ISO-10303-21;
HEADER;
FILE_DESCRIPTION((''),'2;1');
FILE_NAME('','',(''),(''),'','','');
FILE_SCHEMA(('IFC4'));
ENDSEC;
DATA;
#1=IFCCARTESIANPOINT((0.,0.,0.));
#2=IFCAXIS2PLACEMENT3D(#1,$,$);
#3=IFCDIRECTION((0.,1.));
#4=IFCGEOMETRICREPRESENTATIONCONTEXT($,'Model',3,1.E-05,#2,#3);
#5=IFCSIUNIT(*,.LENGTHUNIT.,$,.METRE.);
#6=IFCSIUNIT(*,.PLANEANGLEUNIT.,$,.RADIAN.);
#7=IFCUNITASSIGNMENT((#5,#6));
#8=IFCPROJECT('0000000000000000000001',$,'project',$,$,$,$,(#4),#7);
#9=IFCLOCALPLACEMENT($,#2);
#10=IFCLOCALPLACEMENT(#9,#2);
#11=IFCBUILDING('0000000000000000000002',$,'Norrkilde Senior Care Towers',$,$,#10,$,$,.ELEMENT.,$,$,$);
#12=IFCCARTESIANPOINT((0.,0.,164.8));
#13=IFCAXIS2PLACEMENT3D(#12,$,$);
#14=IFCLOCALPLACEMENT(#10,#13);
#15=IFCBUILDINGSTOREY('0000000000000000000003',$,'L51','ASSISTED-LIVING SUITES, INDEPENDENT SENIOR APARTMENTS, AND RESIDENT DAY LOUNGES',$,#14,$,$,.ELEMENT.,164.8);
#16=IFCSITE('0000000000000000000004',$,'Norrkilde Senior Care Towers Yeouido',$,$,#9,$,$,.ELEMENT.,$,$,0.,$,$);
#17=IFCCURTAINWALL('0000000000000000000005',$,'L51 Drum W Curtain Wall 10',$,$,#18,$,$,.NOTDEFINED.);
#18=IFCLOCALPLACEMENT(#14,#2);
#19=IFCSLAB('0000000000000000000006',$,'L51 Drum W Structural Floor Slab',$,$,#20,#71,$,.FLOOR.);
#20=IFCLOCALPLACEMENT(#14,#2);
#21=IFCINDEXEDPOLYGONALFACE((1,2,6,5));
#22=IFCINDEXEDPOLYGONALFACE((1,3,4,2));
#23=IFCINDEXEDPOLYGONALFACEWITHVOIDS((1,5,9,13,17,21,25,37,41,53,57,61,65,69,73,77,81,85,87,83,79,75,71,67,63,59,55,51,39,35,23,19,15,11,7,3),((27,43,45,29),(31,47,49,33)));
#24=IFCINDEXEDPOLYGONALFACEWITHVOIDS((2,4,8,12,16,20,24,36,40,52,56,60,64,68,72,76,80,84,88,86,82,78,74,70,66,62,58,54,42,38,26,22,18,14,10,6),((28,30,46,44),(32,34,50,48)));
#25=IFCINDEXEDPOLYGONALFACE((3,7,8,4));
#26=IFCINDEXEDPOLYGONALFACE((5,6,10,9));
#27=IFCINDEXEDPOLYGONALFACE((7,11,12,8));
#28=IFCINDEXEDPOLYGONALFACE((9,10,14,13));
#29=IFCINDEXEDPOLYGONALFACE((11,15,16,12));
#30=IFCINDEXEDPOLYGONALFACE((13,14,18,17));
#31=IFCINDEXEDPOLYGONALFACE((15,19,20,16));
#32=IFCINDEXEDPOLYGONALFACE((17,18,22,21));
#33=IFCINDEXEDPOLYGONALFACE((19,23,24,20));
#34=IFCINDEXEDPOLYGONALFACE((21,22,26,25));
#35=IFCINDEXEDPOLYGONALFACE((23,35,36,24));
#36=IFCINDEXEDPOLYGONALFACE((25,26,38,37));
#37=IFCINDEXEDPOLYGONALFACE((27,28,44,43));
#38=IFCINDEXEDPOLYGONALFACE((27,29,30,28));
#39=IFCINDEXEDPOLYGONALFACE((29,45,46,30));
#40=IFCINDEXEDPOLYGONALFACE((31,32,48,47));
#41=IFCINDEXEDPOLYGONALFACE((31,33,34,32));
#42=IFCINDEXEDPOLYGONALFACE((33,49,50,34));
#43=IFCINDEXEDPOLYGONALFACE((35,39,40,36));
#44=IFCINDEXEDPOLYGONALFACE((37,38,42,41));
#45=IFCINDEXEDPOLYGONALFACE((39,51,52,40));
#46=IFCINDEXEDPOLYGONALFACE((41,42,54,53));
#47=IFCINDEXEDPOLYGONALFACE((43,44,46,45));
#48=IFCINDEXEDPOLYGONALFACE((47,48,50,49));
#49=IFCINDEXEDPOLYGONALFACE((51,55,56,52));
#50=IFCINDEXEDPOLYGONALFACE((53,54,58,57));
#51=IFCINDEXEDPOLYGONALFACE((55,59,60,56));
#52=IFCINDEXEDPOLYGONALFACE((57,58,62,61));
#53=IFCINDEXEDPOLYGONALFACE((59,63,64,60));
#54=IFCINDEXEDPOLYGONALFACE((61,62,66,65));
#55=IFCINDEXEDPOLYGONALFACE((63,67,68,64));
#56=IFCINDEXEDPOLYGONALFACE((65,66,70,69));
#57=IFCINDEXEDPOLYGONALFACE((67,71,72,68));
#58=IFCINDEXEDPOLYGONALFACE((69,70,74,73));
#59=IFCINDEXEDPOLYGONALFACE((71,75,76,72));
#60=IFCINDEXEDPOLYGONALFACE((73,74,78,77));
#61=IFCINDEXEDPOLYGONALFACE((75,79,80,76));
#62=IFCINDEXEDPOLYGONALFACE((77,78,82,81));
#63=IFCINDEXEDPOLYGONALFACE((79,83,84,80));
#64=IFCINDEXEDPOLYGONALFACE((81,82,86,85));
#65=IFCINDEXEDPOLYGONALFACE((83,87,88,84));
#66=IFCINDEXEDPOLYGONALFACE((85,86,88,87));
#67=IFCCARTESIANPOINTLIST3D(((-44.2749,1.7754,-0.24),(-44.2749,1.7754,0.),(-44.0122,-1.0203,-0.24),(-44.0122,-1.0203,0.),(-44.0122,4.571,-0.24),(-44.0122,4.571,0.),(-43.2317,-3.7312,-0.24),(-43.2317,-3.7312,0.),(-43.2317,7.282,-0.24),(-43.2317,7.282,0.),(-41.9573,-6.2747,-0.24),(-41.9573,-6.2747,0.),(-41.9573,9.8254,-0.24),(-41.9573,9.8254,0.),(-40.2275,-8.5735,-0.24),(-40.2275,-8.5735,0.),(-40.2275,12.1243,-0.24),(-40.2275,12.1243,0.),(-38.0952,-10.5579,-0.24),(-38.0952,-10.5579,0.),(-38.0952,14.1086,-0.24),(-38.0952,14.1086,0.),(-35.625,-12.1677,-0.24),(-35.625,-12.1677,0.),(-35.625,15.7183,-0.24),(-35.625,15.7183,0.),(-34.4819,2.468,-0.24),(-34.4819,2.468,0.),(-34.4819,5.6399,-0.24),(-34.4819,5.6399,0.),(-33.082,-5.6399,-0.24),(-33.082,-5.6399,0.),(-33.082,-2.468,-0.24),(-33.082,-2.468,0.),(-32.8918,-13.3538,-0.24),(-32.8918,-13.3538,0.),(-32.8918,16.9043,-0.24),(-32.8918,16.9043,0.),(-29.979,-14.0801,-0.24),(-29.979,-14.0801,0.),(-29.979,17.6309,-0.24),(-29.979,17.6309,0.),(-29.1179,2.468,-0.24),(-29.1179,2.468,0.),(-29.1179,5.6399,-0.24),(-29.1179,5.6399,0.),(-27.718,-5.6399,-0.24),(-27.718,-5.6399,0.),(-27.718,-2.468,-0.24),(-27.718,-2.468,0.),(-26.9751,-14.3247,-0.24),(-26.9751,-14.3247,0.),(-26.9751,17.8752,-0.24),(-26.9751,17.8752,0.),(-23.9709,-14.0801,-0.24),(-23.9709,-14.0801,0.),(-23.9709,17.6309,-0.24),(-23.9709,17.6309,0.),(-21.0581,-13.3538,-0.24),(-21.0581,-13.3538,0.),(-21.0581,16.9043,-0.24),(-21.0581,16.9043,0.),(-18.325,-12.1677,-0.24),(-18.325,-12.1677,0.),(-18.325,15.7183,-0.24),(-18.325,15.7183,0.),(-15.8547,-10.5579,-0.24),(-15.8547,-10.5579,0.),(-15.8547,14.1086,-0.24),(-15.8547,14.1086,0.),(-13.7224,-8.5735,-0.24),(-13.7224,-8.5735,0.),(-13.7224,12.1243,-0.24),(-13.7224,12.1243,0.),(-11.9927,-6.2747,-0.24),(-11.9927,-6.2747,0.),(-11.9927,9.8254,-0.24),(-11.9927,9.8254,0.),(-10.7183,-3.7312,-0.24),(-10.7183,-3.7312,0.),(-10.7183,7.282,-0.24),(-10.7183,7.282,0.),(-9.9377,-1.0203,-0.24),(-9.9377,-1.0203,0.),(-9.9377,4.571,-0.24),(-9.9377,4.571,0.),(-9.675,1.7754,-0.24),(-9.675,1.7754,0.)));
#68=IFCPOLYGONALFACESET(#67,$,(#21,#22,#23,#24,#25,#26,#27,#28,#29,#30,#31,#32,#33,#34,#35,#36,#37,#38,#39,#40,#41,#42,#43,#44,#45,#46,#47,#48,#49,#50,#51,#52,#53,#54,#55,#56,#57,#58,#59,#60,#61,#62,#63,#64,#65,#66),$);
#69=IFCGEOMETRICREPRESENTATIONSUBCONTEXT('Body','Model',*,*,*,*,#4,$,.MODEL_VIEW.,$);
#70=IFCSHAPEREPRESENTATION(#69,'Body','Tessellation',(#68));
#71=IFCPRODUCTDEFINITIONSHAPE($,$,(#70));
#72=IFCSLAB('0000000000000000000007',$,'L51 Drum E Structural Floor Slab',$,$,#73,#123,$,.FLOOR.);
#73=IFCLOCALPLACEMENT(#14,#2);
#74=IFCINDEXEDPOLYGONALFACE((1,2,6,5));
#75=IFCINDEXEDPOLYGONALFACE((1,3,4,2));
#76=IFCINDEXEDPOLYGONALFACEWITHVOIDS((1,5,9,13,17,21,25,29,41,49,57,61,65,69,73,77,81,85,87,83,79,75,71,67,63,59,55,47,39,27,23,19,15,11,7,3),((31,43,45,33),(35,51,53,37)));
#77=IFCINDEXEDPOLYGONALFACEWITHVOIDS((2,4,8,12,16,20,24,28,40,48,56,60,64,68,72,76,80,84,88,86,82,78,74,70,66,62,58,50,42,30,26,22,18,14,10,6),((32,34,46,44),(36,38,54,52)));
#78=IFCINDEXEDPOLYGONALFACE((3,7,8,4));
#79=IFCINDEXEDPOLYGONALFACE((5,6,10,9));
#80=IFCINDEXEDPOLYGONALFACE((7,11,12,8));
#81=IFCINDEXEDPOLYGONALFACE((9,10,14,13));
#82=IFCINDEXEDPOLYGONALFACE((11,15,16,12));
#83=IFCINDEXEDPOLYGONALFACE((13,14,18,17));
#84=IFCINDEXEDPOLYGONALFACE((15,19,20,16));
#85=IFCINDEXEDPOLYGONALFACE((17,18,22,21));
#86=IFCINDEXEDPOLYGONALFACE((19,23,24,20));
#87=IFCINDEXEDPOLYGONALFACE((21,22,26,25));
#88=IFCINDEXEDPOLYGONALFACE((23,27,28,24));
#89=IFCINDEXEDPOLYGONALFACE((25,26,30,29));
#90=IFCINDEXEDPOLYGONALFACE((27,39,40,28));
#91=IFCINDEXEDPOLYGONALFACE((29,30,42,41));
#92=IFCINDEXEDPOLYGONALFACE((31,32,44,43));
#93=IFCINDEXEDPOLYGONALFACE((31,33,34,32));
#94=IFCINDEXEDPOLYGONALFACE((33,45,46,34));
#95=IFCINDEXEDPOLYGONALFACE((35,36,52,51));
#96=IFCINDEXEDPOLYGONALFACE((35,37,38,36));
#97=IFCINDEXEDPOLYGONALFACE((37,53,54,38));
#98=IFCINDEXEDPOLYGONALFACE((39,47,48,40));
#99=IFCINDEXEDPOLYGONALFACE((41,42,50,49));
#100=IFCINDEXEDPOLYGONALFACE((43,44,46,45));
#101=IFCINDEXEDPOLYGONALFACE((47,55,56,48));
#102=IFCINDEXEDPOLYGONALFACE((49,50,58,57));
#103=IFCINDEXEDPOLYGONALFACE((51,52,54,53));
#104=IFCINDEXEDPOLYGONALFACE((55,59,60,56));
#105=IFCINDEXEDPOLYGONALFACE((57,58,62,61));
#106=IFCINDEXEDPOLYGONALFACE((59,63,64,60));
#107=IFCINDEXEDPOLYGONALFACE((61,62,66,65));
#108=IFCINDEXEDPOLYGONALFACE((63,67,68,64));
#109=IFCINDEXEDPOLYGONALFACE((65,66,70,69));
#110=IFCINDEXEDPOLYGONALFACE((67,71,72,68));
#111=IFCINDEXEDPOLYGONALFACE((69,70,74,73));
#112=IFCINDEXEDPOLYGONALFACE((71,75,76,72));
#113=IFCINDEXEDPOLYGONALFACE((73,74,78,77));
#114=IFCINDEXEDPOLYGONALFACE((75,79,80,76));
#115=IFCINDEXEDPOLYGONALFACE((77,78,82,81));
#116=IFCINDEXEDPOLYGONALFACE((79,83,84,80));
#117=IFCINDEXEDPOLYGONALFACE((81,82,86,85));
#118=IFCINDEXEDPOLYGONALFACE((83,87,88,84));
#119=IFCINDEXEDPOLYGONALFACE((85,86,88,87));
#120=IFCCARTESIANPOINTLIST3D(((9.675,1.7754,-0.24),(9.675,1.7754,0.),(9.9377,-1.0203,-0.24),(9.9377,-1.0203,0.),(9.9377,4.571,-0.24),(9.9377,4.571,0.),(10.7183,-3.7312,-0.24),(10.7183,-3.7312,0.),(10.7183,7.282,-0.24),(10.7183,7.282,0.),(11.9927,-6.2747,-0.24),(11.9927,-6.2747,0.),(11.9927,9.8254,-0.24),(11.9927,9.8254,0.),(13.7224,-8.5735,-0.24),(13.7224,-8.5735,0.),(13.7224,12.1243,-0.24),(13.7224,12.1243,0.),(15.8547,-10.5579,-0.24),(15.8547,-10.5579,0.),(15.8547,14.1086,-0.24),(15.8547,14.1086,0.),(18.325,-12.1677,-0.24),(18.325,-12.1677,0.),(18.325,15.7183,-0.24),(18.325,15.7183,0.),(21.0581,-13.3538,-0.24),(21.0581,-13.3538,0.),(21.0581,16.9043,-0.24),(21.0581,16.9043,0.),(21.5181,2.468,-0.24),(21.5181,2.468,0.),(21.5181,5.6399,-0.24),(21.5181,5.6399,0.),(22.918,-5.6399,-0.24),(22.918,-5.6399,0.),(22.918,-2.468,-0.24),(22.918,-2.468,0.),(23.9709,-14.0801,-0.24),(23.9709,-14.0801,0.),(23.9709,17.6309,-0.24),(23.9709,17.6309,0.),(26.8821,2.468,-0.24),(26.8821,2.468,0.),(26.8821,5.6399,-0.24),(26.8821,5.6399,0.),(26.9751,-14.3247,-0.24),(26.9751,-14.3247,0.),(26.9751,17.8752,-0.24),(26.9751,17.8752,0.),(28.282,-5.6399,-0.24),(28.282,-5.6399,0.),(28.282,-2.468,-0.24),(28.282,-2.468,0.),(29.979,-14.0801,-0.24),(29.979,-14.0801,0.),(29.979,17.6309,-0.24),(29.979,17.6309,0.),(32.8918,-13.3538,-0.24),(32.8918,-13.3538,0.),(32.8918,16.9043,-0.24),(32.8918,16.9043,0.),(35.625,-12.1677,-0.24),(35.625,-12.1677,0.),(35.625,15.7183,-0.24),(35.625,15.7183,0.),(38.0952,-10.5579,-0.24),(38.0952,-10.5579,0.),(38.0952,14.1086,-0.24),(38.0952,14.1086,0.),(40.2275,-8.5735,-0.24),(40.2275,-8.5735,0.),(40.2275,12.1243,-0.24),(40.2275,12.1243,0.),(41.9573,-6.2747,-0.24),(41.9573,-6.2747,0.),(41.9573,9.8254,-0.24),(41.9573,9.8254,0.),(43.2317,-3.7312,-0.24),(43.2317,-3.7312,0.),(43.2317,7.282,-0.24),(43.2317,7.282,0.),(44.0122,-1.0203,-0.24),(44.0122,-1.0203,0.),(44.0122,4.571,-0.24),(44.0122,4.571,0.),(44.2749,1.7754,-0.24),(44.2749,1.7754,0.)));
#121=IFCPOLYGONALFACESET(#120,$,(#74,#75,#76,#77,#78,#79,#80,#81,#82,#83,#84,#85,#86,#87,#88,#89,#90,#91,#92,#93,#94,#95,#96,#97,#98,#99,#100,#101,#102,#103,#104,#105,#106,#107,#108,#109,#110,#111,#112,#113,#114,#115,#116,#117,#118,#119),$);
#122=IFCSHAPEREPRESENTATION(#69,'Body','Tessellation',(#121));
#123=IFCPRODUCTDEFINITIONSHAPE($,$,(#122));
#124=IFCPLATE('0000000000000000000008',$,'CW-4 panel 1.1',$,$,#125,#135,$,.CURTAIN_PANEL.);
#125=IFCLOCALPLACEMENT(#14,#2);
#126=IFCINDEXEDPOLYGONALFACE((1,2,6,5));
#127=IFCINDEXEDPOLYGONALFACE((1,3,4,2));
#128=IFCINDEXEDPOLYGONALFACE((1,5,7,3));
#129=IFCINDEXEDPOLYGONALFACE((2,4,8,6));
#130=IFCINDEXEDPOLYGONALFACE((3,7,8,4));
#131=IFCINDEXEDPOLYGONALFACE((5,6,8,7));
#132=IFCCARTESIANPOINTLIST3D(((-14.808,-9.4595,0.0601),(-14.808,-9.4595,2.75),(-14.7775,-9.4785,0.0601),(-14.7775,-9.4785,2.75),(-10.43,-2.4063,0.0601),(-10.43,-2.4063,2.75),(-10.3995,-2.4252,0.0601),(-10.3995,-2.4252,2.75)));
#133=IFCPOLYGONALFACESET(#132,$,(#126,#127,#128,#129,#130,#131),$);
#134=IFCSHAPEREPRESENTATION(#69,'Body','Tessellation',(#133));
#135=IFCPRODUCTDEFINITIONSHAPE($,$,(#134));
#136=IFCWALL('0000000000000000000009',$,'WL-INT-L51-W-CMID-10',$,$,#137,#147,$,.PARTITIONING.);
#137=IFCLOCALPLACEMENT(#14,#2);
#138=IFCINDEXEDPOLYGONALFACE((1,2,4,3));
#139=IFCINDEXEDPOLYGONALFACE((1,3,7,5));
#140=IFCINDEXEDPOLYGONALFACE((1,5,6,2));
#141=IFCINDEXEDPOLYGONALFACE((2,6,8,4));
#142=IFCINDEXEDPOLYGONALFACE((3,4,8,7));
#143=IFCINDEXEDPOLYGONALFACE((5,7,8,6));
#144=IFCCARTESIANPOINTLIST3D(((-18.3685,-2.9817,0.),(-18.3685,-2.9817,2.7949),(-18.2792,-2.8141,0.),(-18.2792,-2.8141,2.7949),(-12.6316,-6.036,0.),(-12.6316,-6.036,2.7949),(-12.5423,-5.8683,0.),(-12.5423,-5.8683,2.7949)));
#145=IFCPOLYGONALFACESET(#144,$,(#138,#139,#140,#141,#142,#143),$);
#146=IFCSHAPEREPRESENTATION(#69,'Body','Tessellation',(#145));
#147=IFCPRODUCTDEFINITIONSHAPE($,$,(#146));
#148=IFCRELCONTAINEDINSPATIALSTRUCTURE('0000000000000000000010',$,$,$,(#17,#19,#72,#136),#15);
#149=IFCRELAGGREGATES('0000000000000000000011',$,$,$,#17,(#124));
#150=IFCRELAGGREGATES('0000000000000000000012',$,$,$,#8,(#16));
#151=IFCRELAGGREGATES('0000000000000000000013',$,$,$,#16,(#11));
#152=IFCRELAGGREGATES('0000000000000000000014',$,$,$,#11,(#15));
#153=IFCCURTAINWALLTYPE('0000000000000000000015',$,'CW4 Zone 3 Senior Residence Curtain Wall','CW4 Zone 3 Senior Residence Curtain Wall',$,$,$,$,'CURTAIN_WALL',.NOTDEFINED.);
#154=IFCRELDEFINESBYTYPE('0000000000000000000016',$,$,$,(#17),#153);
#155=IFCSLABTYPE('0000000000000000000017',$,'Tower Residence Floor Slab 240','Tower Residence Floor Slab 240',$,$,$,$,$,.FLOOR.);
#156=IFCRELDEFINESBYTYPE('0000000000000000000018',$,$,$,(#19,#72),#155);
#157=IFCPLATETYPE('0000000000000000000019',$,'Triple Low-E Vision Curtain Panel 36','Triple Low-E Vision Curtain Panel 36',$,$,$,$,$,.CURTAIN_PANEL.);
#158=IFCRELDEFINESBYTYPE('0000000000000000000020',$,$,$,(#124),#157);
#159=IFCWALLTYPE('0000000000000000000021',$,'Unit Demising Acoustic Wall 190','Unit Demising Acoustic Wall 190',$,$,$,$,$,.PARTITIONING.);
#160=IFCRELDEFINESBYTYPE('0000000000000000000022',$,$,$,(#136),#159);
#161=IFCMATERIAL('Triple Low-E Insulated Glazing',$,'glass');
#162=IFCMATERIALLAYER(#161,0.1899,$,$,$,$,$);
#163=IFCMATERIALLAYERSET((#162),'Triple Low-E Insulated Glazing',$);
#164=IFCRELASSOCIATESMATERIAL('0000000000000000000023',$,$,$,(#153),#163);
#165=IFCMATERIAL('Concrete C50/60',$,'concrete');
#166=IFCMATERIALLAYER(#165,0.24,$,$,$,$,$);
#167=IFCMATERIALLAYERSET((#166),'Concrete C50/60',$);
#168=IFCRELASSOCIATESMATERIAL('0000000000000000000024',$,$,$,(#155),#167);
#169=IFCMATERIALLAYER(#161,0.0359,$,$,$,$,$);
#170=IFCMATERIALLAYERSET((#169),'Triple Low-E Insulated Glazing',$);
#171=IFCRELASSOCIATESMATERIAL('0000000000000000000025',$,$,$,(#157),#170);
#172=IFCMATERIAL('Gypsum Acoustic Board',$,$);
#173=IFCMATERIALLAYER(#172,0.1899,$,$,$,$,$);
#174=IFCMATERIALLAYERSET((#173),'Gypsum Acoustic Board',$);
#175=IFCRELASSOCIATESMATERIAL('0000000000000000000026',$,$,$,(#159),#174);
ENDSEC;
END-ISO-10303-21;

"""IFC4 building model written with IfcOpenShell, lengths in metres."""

from ifc_helpers import new_model, si_unit, direction, frame, frame_2d, origin, origin_2d, place, context, subcontext, project, spatial, polyline, rectangle, outline, extrude, source, transform, mapped, material, layer, layer_set, type_object, type_shapes, element, aggregate, save


model = new_model("IFC4")

# Units and contexts
model_context = context("Model", 3, precision=1e-05, world=origin(), true_north=direction((0.0, 1.0)))
body_context = subcontext(model_context, "Body", "Model", "MODEL_VIEW")
ifc_project = project(units=[si_unit("LENGTHUNIT", "METRE"), si_unit("PLANEANGLEUNIT", "RADIAN")], contexts=[model_context])

# Site, building, storey
site_placement = place(None, origin())
site = spatial("IfcSite", under=ifc_project, at=site_placement, Name="Norrkilde Senior Care Towers Yeouido", CompositionType="ELEMENT", RefElevation=0.0)
building_placement = place(site_placement, origin())
building = spatial("IfcBuilding", under=site, at=building_placement, Name="Norrkilde Senior Care Towers", CompositionType="ELEMENT")
storey_placement = place(building_placement, frame((0.0, 0.0, 164.8)))
storey = spatial("IfcBuildingStorey", under=building, at=storey_placement, Name="L51", Description="ASSISTED-LIVING SUITES, INDEPENDENT SENIOR APARTMENTS, AND RESIDENT DAY LOUNGES", CompositionType="ELEMENT", Elevation=164.8)

# Shared definitions
ifc_material_1 = material(Name="Concrete C50/60", Category="concrete")

# Shared definitions
ifc_material_2 = material(Name="Triple Low-E Insulated Glazing", Category="glass")
ifc_layer_1 = layer(ifc_material_2, 0.1899)
ifc_layer_set_1 = layer_set([ifc_layer_1], Name="Triple Low-E Insulated Glazing")
curtain_wall_type = type_object("IfcCurtainWallType", Name="CW4 Zone 3 Senior Residence Curtain Wall", Description="CW4 Zone 3 Senior Residence Curtain Wall", ElementType="CURTAIN_WALL", PredefinedType="NOTDEFINED", material=ifc_layer_set_1)

# Curtain wall
curtain_wall_1_placement = place(storey_placement, origin())
curtain_wall_1 = element("IfcCurtainWall", 1, at=curtain_wall_1_placement, inside=storey, type_object=curtain_wall_type, Name="L51 Drum W Curtain Wall 10", PredefinedType="NOTDEFINED")

# Slabs
ifc_layer_2 = layer(ifc_material_1, 0.24)
ifc_layer_set_2 = layer_set([ifc_layer_2], Name="Concrete C50/60")
slab_type = type_object("IfcSlabType", Name="Tower Residence Floor Slab 240", Description="Tower Residence Floor Slab 240", PredefinedType="FLOOR", material=ifc_layer_set_2)
slab_1_placement = place(storey_placement, frame((0.0, 0.0, -0.24)))
element("IfcSlab", 2, at=slab_1_placement, inside=storey, type_object=slab_type, Name="L51 Drum W Structural Floor Slab", PredefinedType="FLOOR", context=body_context, shape_type="SweptSolid", body=[
    extrude(outline(polyline([(-10.7183, -3.7312), (-11.9927, -6.2747), (-13.7224, -8.5735), (-15.8547, -10.5579), (-18.325, -12.1677), (-21.0581, -13.3538), (-23.9709, -14.0801), (-26.9751, -14.3247), (-29.979, -14.0801), (-32.8918, -13.3538), (-35.625, -12.1677), (-38.0952, -10.5579), (-40.2275, -8.5735), (-41.9573, -6.2747), (-43.2317, -3.7312), (-44.0122, -1.0203), (-44.2749, 1.7754), (-44.0122, 4.571), (-43.2317, 7.282), (-41.9573, 9.8254), (-40.2275, 12.1243), (-38.0952, 14.1086), (-35.625, 15.7183), (-32.8918, 16.9043), (-29.979, 17.6309), (-26.9751, 17.8752), (-23.9709, 17.6309), (-21.0581, 16.9043), (-18.325, 15.7183), (-15.8547, 14.1086), (-13.7224, 12.1243), (-11.9927, 9.8254), (-10.7183, 7.282), (-9.9377, 4.571), (-9.675, 1.7754), (-9.9377, -1.0203), (-10.7183, -3.7312)]), holes=[polyline([(-34.4819, 2.468), (-29.1179, 2.468), (-29.1179, 5.6399), (-34.4819, 5.6399), (-34.4819, 2.468)]), polyline([(-27.718, -5.6399), (-27.718, -2.468), (-33.082, -2.468), (-33.082, -5.6399), (-27.718, -5.6399)])]), origin(), (0.0, 0.0, 1.0), 0.24),
])
slab_2_placement = place(storey_placement, frame((0.0, 0.0, -0.24)))
element("IfcSlab", 3, at=slab_2_placement, inside=storey, type_object=slab_type, Name="L51 Drum E Structural Floor Slab", PredefinedType="FLOOR", context=body_context, shape_type="SweptSolid", body=[
    extrude(outline(polyline([(43.2317, -3.7312), (41.9573, -6.2747), (40.2275, -8.5735), (38.0952, -10.5579), (35.625, -12.1677), (32.8918, -13.3538), (29.979, -14.0801), (26.9751, -14.3247), (23.9709, -14.0801), (21.0581, -13.3538), (18.325, -12.1677), (15.8547, -10.5579), (13.7224, -8.5735), (11.9927, -6.2747), (10.7183, -3.7312), (9.9377, -1.0203), (9.675, 1.7754), (9.9377, 4.571), (10.7183, 7.282), (11.9927, 9.8254), (13.7224, 12.1243), (15.8547, 14.1086), (18.325, 15.7183), (21.0581, 16.9043), (23.9709, 17.6309), (26.9751, 17.8752), (29.979, 17.6309), (32.8918, 16.9043), (35.625, 15.7183), (38.0952, 14.1086), (40.2275, 12.1243), (41.9573, 9.8254), (43.2317, 7.282), (44.0122, 4.571), (44.2749, 1.7754), (44.0122, -1.0203), (43.2317, -3.7312)]), holes=[polyline([(21.5181, 2.468), (26.8821, 2.468), (26.8821, 5.6399), (21.5181, 5.6399), (21.5181, 2.468)]), polyline([(28.282, -5.6399), (28.282, -2.468), (22.918, -2.468), (22.918, -5.6399), (28.282, -5.6399)])]), origin(), (0.0, 0.0, 1.0), 0.24),
])

# Plate
ifc_layer_3 = layer(ifc_material_2, 0.0359)
ifc_layer_set_3 = layer_set([ifc_layer_3], Name="Triple Low-E Insulated Glazing")
plate_type = type_object("IfcPlateType", Name="Triple Low-E Vision Curtain Panel 36", Description="Triple Low-E Vision Curtain Panel 36", PredefinedType="CURTAIN_PANEL", material=ifc_layer_set_3)
shared_shape_1 = source(origin(), body_context, "Body", "SweptSolid", [
    extrude(rectangle(XDim=8.3015, YDim=0.0359, at=origin_2d()), origin(), (0.0, 0.0, 1.0), 2.6899),
])
type_shapes(plate_type, [shared_shape_1])
plate_placement = place(storey_placement, frame((-12.6038, -5.9424, 0.0601), z_axis=(0.0, 0.0, 1.0), x_axis=(-0.527373, -0.849634, 0.0)))
plate = element("IfcPlate", 4, at=plate_placement, type_object=plate_type, Name="CW-4 panel 1.1", PredefinedType="CURTAIN_PANEL", context=body_context, shape_type="MappedRepresentation", body=[
    mapped(shared_shape_1, transform((0.0, 0.0, 0.0), x_axis=(1.0, 0.0, 0.0), y_axis=(0.0, 1.0, 0.0), z_axis=(0.0, 0.0, 1.0), scale=1.0)),
])
aggregate(curtain_wall_1, [plate])

# Wall
ifc_material_3 = material(Name="Gypsum Acoustic Board")
ifc_layer_4 = layer(ifc_material_3, 0.1899)
ifc_layer_set_4 = layer_set([ifc_layer_4], Name="Gypsum Acoustic Board")
wall_type_1 = type_object("IfcWallType", Name="Unit Demising Acoustic Wall 190", Description="Unit Demising Acoustic Wall 190", PredefinedType="PARTITIONING", material=ifc_layer_set_4)
shared_shape_2 = source(origin(), body_context, "Body", "SweptSolid", [
    extrude(rectangle(XDim=6.4993, YDim=0.1899, at=frame_2d((3.2495, 0.0))), origin(), (0.0, 0.0, 1.0), 2.7949),
])
wall_1_placement = place(storey_placement, frame((-18.3237, -2.8979, 0.0), z_axis=(0.0, 0.0, 1.0), x_axis=(0.8827, -0.469937, 0.0)))
element("IfcWall", 5, at=wall_1_placement, inside=storey, type_object=wall_type_1, Name="WL-INT-L51-W-CMID-10", PredefinedType="PARTITIONING", context=body_context, shape_type="MappedRepresentation", body=[
    mapped(shared_shape_2, transform((0.0, 0.0, 0.0), x_axis=(1.0, 0.0, 0.0), y_axis=(0.0, 1.0, 0.0), z_axis=(0.0, 0.0, 1.0), scale=1.0)),
])

save(model, "model.ifc")
